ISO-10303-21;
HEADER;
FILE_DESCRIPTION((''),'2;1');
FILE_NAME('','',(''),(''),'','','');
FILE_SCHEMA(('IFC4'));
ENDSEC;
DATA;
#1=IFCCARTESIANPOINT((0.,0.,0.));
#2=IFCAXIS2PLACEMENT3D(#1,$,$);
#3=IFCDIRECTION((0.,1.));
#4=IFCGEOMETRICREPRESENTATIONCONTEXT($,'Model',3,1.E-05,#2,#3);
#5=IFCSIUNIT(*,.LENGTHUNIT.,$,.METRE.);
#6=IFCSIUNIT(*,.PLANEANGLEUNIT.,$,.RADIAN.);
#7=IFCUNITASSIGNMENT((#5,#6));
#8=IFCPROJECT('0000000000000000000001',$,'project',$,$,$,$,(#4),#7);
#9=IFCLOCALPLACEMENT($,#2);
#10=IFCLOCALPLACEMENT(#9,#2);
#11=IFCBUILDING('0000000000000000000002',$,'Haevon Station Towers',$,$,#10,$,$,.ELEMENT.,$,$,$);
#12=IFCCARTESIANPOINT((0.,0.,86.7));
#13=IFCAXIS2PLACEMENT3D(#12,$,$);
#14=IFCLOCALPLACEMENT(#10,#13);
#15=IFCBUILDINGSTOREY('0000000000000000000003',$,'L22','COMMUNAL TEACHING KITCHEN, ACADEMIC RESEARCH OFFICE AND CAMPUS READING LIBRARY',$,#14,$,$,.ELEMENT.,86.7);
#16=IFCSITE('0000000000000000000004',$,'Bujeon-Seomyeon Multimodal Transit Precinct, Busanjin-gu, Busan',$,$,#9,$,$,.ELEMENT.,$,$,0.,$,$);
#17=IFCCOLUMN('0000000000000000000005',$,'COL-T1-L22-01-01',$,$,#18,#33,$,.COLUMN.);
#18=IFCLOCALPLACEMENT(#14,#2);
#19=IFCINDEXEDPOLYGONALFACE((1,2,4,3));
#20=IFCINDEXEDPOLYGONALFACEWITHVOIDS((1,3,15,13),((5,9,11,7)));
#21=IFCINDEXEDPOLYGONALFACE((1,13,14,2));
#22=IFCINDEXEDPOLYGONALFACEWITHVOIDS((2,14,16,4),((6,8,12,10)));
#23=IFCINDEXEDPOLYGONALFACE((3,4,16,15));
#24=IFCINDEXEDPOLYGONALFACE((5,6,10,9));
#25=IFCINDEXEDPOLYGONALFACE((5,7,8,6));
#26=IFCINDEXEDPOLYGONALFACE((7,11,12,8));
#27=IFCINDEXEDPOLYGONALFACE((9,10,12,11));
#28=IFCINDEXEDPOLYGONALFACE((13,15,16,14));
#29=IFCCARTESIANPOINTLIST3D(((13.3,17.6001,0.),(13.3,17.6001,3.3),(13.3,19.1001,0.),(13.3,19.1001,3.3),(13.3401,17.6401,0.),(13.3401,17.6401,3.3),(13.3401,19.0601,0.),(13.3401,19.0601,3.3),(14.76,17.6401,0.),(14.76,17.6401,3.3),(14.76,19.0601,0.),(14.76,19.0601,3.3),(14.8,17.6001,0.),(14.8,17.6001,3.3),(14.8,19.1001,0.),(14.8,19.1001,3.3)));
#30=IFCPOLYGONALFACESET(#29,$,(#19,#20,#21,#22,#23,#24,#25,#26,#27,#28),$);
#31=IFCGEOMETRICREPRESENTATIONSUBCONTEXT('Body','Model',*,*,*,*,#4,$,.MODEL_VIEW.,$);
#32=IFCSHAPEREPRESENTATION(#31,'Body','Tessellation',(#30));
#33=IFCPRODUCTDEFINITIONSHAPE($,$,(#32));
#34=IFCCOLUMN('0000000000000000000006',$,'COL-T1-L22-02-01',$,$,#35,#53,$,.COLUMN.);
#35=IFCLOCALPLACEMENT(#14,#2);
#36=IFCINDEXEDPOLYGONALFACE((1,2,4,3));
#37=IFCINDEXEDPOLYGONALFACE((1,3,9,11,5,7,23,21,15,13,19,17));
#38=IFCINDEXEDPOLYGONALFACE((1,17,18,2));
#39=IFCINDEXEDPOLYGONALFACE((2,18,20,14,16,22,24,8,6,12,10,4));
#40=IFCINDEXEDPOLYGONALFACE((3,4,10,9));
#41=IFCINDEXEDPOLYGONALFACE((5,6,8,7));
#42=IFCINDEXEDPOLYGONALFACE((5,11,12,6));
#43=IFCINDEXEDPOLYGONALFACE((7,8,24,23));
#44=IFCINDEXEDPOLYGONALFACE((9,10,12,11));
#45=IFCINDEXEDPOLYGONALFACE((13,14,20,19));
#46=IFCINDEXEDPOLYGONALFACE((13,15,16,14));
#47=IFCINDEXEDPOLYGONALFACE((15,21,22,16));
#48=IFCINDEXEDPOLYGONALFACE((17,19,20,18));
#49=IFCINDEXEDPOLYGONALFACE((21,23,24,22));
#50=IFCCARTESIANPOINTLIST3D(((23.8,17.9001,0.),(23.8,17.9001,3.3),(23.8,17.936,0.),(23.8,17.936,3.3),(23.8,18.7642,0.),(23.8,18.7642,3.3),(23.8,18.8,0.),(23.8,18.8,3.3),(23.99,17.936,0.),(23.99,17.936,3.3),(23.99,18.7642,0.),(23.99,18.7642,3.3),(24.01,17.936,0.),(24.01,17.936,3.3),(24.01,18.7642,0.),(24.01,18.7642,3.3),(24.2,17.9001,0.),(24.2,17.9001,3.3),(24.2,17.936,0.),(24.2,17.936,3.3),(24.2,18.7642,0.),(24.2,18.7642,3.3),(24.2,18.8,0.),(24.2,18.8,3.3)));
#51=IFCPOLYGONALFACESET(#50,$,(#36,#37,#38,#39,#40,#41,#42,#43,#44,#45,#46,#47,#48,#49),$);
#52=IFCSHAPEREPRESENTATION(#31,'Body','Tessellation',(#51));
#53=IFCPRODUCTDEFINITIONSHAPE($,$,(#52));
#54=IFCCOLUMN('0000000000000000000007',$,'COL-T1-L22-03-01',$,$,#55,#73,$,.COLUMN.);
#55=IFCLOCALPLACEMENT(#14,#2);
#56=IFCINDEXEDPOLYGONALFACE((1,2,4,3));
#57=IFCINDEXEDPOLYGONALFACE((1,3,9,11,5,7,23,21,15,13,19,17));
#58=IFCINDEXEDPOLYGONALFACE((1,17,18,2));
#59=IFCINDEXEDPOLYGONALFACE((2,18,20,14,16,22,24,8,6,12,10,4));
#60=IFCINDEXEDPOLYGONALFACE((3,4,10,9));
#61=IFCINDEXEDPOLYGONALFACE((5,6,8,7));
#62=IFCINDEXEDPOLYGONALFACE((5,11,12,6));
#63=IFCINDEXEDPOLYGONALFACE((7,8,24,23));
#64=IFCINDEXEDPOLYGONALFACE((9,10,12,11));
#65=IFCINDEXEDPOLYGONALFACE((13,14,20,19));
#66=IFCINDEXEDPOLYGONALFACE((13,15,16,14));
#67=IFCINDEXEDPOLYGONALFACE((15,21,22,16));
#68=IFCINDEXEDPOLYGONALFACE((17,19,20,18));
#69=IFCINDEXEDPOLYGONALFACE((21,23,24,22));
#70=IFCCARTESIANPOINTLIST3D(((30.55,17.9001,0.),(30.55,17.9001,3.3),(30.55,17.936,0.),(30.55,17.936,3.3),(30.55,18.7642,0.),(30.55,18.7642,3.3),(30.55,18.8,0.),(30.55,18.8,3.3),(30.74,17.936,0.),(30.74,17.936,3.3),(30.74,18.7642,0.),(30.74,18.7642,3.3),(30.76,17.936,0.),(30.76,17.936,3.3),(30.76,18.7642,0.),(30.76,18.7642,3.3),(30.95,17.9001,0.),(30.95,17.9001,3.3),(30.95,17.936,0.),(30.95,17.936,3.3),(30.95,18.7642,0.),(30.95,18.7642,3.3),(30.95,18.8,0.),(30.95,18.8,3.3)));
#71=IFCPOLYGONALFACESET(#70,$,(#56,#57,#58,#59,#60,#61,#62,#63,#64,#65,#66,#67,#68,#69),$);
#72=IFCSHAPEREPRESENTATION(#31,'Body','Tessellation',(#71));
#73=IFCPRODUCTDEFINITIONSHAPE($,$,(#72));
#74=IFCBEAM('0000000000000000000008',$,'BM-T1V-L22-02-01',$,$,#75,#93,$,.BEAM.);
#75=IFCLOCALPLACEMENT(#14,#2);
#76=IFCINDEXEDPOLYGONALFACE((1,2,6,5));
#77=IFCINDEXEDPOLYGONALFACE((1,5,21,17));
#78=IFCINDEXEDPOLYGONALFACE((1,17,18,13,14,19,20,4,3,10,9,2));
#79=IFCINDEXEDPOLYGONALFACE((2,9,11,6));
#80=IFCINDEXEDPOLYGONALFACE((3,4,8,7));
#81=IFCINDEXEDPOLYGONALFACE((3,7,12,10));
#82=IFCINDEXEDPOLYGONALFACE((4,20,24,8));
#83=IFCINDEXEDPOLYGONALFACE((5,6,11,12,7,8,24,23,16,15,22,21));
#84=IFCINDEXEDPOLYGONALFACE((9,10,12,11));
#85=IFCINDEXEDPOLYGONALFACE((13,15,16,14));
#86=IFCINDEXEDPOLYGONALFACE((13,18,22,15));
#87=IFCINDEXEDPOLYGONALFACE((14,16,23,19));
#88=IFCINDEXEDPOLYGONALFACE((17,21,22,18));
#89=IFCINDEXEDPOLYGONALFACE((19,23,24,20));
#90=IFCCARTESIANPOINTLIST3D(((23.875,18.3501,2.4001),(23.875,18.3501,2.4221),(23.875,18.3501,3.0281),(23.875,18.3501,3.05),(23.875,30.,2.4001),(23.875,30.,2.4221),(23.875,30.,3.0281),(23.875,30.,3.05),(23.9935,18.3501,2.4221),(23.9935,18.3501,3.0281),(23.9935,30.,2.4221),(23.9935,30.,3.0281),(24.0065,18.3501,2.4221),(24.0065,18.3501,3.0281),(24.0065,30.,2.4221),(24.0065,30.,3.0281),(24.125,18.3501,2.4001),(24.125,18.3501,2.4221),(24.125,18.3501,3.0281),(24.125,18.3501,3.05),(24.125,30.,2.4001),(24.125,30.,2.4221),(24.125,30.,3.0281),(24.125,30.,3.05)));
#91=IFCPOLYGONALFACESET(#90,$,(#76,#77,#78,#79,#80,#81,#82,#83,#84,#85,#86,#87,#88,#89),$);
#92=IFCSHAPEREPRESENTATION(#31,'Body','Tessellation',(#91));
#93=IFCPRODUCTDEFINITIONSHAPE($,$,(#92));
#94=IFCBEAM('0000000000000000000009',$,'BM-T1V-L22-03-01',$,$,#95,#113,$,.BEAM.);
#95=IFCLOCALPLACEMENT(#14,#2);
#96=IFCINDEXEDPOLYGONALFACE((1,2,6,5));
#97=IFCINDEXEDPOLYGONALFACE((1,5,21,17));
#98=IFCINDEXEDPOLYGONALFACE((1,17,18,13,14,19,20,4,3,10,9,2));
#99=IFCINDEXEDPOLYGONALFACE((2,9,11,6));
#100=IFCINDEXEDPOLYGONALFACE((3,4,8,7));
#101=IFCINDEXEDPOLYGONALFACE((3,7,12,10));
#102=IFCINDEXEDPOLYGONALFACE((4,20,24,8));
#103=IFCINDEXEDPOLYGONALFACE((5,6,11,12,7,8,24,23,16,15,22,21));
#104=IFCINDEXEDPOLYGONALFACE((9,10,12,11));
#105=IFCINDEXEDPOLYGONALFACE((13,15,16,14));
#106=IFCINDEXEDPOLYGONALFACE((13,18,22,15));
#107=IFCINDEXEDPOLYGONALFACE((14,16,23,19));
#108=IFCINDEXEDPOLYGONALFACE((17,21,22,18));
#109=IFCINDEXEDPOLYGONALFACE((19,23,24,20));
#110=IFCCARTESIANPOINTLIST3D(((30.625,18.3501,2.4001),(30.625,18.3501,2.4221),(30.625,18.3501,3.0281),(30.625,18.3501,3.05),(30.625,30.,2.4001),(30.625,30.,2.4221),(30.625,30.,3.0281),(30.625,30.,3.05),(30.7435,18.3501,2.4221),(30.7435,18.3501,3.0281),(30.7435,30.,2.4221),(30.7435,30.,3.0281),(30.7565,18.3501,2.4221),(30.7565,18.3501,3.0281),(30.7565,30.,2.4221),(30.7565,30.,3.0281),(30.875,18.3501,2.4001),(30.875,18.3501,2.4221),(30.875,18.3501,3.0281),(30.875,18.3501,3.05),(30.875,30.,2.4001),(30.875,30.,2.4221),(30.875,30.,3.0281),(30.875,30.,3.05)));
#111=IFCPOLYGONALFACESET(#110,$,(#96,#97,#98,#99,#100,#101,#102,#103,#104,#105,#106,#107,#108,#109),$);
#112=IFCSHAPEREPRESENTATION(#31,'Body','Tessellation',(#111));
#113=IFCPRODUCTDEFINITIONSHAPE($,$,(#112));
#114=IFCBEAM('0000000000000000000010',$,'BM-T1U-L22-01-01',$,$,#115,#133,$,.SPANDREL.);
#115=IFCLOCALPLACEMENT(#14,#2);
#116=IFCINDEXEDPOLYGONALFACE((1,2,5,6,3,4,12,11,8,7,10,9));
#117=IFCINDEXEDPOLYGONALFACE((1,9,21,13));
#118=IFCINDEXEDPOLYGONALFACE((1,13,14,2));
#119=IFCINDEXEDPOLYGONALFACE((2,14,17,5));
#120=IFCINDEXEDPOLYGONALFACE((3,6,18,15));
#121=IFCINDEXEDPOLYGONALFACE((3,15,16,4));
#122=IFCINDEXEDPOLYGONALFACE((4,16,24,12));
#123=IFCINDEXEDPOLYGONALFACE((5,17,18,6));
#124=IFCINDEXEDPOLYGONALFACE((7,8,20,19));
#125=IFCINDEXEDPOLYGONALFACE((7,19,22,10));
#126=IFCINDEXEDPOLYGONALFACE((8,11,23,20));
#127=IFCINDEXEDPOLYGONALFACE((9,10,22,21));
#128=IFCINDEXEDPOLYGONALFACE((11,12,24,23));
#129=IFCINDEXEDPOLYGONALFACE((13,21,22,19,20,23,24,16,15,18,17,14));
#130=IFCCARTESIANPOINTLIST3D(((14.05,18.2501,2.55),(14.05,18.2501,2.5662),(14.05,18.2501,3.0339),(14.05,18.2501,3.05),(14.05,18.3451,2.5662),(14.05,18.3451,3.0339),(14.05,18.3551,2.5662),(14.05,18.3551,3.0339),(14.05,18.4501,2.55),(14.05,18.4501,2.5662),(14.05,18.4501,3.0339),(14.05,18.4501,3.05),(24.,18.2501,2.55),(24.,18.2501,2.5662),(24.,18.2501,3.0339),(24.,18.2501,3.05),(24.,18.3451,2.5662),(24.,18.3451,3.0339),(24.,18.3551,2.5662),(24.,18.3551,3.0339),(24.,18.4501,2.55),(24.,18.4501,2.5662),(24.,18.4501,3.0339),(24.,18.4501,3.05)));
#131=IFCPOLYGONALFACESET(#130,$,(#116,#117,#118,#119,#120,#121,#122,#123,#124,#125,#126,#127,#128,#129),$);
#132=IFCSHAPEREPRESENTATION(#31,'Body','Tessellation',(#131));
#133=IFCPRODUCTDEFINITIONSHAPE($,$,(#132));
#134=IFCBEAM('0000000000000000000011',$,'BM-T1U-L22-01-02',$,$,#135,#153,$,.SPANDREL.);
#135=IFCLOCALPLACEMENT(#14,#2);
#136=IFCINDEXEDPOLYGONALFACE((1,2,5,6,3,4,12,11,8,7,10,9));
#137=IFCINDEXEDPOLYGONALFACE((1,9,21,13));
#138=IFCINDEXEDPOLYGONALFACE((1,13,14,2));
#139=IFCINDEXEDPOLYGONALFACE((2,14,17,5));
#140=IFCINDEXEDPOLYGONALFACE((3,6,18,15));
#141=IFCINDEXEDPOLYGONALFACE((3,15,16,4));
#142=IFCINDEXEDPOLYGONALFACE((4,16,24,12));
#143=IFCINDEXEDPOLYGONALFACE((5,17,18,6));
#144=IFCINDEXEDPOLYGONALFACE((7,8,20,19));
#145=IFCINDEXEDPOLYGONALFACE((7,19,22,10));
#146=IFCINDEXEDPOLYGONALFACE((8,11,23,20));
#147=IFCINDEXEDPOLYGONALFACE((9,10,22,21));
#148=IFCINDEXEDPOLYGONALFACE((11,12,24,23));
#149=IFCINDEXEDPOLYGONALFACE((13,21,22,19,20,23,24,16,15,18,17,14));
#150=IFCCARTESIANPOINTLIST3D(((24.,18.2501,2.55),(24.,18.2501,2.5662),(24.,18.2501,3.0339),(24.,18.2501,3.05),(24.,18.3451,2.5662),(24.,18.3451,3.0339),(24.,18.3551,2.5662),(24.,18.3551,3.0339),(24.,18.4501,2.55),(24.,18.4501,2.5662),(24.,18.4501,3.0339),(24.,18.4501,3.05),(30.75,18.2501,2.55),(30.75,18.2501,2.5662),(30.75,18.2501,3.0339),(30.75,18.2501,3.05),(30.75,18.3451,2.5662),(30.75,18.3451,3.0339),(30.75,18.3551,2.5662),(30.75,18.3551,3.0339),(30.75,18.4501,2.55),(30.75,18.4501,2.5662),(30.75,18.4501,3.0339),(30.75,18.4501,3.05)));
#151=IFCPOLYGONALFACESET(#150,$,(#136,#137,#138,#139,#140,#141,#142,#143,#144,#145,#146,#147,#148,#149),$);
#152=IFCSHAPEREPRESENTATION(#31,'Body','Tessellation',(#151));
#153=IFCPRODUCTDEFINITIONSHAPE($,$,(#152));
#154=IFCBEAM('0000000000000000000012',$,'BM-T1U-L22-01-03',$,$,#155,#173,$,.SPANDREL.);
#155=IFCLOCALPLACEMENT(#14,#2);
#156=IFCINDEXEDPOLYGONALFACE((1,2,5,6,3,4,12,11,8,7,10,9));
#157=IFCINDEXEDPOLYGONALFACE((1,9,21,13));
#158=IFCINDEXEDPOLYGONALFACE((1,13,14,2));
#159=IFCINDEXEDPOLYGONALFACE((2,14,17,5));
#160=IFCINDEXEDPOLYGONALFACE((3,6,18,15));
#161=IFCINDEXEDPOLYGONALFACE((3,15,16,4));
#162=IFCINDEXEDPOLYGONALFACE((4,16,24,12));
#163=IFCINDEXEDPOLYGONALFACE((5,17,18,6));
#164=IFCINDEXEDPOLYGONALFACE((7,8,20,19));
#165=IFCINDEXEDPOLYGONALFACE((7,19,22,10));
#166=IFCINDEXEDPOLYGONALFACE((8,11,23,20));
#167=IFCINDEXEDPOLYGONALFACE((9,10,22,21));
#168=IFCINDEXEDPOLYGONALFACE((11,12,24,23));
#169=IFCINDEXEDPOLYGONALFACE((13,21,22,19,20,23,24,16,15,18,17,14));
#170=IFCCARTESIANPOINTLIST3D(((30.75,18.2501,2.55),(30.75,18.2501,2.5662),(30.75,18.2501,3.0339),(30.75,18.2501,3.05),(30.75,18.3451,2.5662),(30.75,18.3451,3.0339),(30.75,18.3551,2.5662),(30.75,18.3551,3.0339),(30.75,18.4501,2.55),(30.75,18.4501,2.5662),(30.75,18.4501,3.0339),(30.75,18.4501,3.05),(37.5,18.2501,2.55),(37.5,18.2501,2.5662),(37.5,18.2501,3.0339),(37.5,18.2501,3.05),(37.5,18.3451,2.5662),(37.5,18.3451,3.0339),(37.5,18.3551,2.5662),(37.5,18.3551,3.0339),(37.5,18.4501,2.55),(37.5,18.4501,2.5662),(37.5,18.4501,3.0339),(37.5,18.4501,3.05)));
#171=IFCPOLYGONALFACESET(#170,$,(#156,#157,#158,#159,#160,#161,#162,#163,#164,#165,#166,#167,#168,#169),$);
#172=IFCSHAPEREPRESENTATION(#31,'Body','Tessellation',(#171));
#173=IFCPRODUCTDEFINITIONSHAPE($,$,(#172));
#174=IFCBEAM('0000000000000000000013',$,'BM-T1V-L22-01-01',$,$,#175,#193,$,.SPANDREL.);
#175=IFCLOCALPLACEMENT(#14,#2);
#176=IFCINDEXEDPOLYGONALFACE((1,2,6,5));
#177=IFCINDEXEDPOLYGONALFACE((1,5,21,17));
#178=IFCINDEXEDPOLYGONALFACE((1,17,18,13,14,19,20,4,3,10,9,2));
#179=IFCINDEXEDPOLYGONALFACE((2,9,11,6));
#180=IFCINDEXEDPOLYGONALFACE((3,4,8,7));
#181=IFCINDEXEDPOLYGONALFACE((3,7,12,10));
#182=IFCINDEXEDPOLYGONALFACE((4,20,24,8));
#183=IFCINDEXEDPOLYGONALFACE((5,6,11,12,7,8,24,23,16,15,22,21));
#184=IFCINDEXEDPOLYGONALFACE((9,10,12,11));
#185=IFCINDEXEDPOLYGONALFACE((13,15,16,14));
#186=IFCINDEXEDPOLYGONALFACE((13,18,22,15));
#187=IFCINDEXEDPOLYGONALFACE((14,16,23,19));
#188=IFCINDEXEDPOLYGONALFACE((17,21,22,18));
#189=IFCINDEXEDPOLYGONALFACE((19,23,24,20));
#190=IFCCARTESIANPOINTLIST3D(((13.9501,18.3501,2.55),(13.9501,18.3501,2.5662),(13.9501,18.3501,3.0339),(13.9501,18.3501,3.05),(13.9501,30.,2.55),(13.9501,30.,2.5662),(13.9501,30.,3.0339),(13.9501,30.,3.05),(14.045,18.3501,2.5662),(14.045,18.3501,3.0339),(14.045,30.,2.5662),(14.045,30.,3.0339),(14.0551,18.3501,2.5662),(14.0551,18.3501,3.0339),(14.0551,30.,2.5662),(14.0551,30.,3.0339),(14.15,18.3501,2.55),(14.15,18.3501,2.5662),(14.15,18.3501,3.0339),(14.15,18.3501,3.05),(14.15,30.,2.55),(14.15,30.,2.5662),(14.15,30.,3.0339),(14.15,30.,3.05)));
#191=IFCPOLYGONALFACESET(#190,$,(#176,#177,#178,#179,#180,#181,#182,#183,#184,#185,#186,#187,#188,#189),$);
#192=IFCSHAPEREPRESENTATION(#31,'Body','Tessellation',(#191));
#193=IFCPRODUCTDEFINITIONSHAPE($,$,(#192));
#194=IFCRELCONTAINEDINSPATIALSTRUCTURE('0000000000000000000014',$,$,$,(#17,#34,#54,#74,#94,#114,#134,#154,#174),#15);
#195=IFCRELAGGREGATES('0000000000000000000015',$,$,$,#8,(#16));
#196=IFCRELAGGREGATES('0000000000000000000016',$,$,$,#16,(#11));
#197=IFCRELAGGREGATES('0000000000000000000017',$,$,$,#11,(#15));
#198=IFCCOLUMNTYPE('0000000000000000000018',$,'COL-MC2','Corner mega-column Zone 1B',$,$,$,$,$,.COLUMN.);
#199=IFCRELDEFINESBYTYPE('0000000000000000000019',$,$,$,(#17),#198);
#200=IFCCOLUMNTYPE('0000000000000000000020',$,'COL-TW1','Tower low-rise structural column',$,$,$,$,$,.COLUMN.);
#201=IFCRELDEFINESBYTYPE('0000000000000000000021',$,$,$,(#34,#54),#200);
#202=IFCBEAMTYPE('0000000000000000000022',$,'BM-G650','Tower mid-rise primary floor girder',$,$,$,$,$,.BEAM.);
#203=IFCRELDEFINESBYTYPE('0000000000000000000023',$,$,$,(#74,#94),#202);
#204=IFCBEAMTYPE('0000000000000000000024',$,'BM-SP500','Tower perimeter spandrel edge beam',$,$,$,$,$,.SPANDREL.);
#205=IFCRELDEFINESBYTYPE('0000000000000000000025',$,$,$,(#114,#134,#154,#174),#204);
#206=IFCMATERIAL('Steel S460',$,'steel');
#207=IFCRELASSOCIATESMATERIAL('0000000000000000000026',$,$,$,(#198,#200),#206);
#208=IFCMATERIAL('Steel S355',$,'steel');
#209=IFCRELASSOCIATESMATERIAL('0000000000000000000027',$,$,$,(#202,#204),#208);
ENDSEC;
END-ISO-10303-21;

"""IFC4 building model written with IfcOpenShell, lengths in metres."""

from ifc_helpers import new_model, si_unit, direction, frame, origin, origin_2d, place, context, subcontext, project, spatial, hollow_rectangle, i_section, extrude, material, material_profile, profile_set, type_object, element, save


model = new_model("IFC4")

# Units and contexts
model_context = context("Model", 3, precision=1e-05, world=origin(), true_north=direction((0.0, 1.0)))
body_context = subcontext(model_context, "Body", "Model", "MODEL_VIEW")
ifc_project = project(units=[si_unit("LENGTHUNIT", "METRE"), si_unit("PLANEANGLEUNIT", "RADIAN")], contexts=[model_context])

# Site, building, storey
site_placement = place(None, origin())
site = spatial("IfcSite", under=ifc_project, at=site_placement, Name="Bujeon-Seomyeon Multimodal Transit Precinct, Busanjin-gu, Busan", CompositionType="ELEMENT", RefElevation=0.0)
building_placement = place(site_placement, origin())
building = spatial("IfcBuilding", under=site, at=building_placement, Name="Haevon Station Towers", CompositionType="ELEMENT")
storey_placement = place(building_placement, frame((0.0, 0.0, 86.7)))
storey = spatial("IfcBuildingStorey", under=building, at=storey_placement, Name="L22", Description="COMMUNAL TEACHING KITCHEN, ACADEMIC RESEARCH OFFICE AND CAMPUS READING LIBRARY", CompositionType="ELEMENT", Elevation=86.7)

# Columns
ifc_material_1 = material(Name="Steel S460", Category="steel")
ifc_material_profile_1 = material_profile(ifc_material_1, hollow_rectangle(XDim=1.5, YDim=1.5, WallThickness=0.04, at=origin_2d()), Name="BOX-1500x1500x40")
ifc_profile_set_1 = profile_set([ifc_material_profile_1], Name="Steel S460")
column_type_1 = type_object("IfcColumnType", Name="COL-MC2", Description="Corner mega-column Zone 1B", PredefinedType="COLUMN", material=ifc_profile_set_1)
column_placement = place(storey_placement, frame((14.05, 18.3501, 0.0), z_axis=(0.0, 0.0, 1.0), x_axis=(1.0, 0.0, 0.0)))
element("IfcColumn", 1, at=column_placement, inside=storey, type_object=column_type_1, Name="COL-T1-L22-01-01", PredefinedType="COLUMN", context=body_context, shape_type="SweptSolid", body=[
    extrude(hollow_rectangle(XDim=1.5, YDim=1.5, WallThickness=0.04, at=origin_2d()), origin(), (0.0, 0.0, 1.0), 3.3),
])
ifc_material_profile_2 = material_profile(ifc_material_1, i_section(OverallWidth=0.3999, OverallDepth=0.8999, WebThickness=0.02, FlangeThickness=0.0359, at=origin_2d()), Name="H-900x400x20x36")
ifc_profile_set_2 = profile_set([ifc_material_profile_2], Name="Steel S460")
column_type_2 = type_object("IfcColumnType", Name="COL-TW1", Description="Tower low-rise structural column", PredefinedType="COLUMN", material=ifc_profile_set_2)
for number, where, z_axis, x_axis, name in (
    (2, (24.0, 18.3501, 0.0), (0.0, 0.0, 1.0), (1.0, 0.0, 0.0), "COL-T1-L22-02-01"),
    (3, (30.75, 18.3501, 0.0), (0.0, 0.0, 1.0), (1.0, 0.0, 0.0), "COL-T1-L22-03-01"),
):
    element("IfcColumn", number, at=place(storey_placement, frame(where, z_axis=z_axis, x_axis=x_axis)), inside=storey, type_object=column_type_2, Name=name, PredefinedType="COLUMN", context=body_context, shape_type="SweptSolid", body=[
        extrude(i_section(OverallWidth=0.3999, OverallDepth=0.8999, WebThickness=0.02, FlangeThickness=0.0359, at=origin_2d()), origin(), (0.0, 0.0, 1.0), 3.3),
    ])

# Beams
ifc_material_2 = material(Name="Steel S355", Category="steel")
ifc_material_profile_3 = material_profile(ifc_material_2, i_section(OverallWidth=0.25, OverallDepth=0.6499, WebThickness=0.0129, FlangeThickness=0.022, at=origin_2d()), Name="H-650x250x13x22")
ifc_profile_set_3 = profile_set([ifc_material_profile_3], Name="Steel S355")
beam_type_1 = type_object("IfcBeamType", Name="BM-G650", Description="Tower mid-rise primary floor girder", PredefinedType="BEAM", material=ifc_profile_set_3)
for number, where, z_axis, x_axis, name in (
    (4, (24.0, 18.3501, 2.7251), (0.0, 1.0, 0.0), (-1.0, 0.0, 0.0), "BM-T1V-L22-02-01"),
    (5, (30.75, 18.3501, 2.7251), (0.0, 1.0, 0.0), (-1.0, 0.0, 0.0), "BM-T1V-L22-03-01"),
):
    element("IfcBeam", number, at=place(storey_placement, frame(where, z_axis=z_axis, x_axis=x_axis)), inside=storey, type_object=beam_type_1, Name=name, PredefinedType="BEAM", context=body_context, shape_type="SweptSolid", body=[
        extrude(i_section(OverallWidth=0.25, OverallDepth=0.6499, WebThickness=0.0129, FlangeThickness=0.022, at=origin_2d()), origin(), (0.0, 0.0, 1.0), 11.6499),
    ])
ifc_material_profile_4 = material_profile(ifc_material_2, i_section(OverallWidth=0.2, OverallDepth=0.5, WebThickness=0.01, FlangeThickness=0.0161, at=origin_2d()), Name="H-500x200x10x16")
ifc_profile_set_4 = profile_set([ifc_material_profile_4], Name="Steel S355")
beam_type_2 = type_object("IfcBeamType", Name="BM-SP500", Description="Tower perimeter spandrel edge beam", PredefinedType="SPANDREL", material=ifc_profile_set_4)
beam_1_placement = place(storey_placement, frame((14.05, 18.3501, 2.8), z_axis=(1.0, 0.0, 0.0), x_axis=(0.0, 1.0, 0.0)))
element("IfcBeam", 6, at=beam_1_placement, inside=storey, type_object=beam_type_2, Name="BM-T1U-L22-01-01", PredefinedType="SPANDREL", context=body_context, shape_type="SweptSolid", body=[
    extrude(i_section(OverallWidth=0.2, OverallDepth=0.5, WebThickness=0.01, FlangeThickness=0.0161, at=origin_2d()), origin(), (0.0, 0.0, 1.0), 9.95),
])
for number, where, z_axis, x_axis, name in (
    (7, (24.0, 18.3501, 2.8), (1.0, 0.0, 0.0), (0.0, 1.0, 0.0), "BM-T1U-L22-01-02"),
    (8, (30.75, 18.3501, 2.8), (1.0, 0.0, 0.0), (0.0, 1.0, 0.0), "BM-T1U-L22-01-03"),
):
    element("IfcBeam", number, at=place(storey_placement, frame(where, z_axis=z_axis, x_axis=x_axis)), inside=storey, type_object=beam_type_2, Name=name, PredefinedType="SPANDREL", context=body_context, shape_type="SweptSolid", body=[
        extrude(i_section(OverallWidth=0.2, OverallDepth=0.5, WebThickness=0.01, FlangeThickness=0.0161, at=origin_2d()), origin(), (0.0, 0.0, 1.0), 6.75),
    ])
beam_2_placement = place(storey_placement, frame((14.05, 18.3501, 2.8), z_axis=(0.0, 1.0, 0.0), x_axis=(-1.0, 0.0, 0.0)))
element("IfcBeam", 9, at=beam_2_placement, inside=storey, type_object=beam_type_2, Name="BM-T1V-L22-01-01", PredefinedType="SPANDREL", context=body_context, shape_type="SweptSolid", body=[
    extrude(i_section(OverallWidth=0.2, OverallDepth=0.5, WebThickness=0.01, FlangeThickness=0.0161, at=origin_2d()), origin(), (0.0, 0.0, 1.0), 11.6499),
])

save(model, "model.ifc")
